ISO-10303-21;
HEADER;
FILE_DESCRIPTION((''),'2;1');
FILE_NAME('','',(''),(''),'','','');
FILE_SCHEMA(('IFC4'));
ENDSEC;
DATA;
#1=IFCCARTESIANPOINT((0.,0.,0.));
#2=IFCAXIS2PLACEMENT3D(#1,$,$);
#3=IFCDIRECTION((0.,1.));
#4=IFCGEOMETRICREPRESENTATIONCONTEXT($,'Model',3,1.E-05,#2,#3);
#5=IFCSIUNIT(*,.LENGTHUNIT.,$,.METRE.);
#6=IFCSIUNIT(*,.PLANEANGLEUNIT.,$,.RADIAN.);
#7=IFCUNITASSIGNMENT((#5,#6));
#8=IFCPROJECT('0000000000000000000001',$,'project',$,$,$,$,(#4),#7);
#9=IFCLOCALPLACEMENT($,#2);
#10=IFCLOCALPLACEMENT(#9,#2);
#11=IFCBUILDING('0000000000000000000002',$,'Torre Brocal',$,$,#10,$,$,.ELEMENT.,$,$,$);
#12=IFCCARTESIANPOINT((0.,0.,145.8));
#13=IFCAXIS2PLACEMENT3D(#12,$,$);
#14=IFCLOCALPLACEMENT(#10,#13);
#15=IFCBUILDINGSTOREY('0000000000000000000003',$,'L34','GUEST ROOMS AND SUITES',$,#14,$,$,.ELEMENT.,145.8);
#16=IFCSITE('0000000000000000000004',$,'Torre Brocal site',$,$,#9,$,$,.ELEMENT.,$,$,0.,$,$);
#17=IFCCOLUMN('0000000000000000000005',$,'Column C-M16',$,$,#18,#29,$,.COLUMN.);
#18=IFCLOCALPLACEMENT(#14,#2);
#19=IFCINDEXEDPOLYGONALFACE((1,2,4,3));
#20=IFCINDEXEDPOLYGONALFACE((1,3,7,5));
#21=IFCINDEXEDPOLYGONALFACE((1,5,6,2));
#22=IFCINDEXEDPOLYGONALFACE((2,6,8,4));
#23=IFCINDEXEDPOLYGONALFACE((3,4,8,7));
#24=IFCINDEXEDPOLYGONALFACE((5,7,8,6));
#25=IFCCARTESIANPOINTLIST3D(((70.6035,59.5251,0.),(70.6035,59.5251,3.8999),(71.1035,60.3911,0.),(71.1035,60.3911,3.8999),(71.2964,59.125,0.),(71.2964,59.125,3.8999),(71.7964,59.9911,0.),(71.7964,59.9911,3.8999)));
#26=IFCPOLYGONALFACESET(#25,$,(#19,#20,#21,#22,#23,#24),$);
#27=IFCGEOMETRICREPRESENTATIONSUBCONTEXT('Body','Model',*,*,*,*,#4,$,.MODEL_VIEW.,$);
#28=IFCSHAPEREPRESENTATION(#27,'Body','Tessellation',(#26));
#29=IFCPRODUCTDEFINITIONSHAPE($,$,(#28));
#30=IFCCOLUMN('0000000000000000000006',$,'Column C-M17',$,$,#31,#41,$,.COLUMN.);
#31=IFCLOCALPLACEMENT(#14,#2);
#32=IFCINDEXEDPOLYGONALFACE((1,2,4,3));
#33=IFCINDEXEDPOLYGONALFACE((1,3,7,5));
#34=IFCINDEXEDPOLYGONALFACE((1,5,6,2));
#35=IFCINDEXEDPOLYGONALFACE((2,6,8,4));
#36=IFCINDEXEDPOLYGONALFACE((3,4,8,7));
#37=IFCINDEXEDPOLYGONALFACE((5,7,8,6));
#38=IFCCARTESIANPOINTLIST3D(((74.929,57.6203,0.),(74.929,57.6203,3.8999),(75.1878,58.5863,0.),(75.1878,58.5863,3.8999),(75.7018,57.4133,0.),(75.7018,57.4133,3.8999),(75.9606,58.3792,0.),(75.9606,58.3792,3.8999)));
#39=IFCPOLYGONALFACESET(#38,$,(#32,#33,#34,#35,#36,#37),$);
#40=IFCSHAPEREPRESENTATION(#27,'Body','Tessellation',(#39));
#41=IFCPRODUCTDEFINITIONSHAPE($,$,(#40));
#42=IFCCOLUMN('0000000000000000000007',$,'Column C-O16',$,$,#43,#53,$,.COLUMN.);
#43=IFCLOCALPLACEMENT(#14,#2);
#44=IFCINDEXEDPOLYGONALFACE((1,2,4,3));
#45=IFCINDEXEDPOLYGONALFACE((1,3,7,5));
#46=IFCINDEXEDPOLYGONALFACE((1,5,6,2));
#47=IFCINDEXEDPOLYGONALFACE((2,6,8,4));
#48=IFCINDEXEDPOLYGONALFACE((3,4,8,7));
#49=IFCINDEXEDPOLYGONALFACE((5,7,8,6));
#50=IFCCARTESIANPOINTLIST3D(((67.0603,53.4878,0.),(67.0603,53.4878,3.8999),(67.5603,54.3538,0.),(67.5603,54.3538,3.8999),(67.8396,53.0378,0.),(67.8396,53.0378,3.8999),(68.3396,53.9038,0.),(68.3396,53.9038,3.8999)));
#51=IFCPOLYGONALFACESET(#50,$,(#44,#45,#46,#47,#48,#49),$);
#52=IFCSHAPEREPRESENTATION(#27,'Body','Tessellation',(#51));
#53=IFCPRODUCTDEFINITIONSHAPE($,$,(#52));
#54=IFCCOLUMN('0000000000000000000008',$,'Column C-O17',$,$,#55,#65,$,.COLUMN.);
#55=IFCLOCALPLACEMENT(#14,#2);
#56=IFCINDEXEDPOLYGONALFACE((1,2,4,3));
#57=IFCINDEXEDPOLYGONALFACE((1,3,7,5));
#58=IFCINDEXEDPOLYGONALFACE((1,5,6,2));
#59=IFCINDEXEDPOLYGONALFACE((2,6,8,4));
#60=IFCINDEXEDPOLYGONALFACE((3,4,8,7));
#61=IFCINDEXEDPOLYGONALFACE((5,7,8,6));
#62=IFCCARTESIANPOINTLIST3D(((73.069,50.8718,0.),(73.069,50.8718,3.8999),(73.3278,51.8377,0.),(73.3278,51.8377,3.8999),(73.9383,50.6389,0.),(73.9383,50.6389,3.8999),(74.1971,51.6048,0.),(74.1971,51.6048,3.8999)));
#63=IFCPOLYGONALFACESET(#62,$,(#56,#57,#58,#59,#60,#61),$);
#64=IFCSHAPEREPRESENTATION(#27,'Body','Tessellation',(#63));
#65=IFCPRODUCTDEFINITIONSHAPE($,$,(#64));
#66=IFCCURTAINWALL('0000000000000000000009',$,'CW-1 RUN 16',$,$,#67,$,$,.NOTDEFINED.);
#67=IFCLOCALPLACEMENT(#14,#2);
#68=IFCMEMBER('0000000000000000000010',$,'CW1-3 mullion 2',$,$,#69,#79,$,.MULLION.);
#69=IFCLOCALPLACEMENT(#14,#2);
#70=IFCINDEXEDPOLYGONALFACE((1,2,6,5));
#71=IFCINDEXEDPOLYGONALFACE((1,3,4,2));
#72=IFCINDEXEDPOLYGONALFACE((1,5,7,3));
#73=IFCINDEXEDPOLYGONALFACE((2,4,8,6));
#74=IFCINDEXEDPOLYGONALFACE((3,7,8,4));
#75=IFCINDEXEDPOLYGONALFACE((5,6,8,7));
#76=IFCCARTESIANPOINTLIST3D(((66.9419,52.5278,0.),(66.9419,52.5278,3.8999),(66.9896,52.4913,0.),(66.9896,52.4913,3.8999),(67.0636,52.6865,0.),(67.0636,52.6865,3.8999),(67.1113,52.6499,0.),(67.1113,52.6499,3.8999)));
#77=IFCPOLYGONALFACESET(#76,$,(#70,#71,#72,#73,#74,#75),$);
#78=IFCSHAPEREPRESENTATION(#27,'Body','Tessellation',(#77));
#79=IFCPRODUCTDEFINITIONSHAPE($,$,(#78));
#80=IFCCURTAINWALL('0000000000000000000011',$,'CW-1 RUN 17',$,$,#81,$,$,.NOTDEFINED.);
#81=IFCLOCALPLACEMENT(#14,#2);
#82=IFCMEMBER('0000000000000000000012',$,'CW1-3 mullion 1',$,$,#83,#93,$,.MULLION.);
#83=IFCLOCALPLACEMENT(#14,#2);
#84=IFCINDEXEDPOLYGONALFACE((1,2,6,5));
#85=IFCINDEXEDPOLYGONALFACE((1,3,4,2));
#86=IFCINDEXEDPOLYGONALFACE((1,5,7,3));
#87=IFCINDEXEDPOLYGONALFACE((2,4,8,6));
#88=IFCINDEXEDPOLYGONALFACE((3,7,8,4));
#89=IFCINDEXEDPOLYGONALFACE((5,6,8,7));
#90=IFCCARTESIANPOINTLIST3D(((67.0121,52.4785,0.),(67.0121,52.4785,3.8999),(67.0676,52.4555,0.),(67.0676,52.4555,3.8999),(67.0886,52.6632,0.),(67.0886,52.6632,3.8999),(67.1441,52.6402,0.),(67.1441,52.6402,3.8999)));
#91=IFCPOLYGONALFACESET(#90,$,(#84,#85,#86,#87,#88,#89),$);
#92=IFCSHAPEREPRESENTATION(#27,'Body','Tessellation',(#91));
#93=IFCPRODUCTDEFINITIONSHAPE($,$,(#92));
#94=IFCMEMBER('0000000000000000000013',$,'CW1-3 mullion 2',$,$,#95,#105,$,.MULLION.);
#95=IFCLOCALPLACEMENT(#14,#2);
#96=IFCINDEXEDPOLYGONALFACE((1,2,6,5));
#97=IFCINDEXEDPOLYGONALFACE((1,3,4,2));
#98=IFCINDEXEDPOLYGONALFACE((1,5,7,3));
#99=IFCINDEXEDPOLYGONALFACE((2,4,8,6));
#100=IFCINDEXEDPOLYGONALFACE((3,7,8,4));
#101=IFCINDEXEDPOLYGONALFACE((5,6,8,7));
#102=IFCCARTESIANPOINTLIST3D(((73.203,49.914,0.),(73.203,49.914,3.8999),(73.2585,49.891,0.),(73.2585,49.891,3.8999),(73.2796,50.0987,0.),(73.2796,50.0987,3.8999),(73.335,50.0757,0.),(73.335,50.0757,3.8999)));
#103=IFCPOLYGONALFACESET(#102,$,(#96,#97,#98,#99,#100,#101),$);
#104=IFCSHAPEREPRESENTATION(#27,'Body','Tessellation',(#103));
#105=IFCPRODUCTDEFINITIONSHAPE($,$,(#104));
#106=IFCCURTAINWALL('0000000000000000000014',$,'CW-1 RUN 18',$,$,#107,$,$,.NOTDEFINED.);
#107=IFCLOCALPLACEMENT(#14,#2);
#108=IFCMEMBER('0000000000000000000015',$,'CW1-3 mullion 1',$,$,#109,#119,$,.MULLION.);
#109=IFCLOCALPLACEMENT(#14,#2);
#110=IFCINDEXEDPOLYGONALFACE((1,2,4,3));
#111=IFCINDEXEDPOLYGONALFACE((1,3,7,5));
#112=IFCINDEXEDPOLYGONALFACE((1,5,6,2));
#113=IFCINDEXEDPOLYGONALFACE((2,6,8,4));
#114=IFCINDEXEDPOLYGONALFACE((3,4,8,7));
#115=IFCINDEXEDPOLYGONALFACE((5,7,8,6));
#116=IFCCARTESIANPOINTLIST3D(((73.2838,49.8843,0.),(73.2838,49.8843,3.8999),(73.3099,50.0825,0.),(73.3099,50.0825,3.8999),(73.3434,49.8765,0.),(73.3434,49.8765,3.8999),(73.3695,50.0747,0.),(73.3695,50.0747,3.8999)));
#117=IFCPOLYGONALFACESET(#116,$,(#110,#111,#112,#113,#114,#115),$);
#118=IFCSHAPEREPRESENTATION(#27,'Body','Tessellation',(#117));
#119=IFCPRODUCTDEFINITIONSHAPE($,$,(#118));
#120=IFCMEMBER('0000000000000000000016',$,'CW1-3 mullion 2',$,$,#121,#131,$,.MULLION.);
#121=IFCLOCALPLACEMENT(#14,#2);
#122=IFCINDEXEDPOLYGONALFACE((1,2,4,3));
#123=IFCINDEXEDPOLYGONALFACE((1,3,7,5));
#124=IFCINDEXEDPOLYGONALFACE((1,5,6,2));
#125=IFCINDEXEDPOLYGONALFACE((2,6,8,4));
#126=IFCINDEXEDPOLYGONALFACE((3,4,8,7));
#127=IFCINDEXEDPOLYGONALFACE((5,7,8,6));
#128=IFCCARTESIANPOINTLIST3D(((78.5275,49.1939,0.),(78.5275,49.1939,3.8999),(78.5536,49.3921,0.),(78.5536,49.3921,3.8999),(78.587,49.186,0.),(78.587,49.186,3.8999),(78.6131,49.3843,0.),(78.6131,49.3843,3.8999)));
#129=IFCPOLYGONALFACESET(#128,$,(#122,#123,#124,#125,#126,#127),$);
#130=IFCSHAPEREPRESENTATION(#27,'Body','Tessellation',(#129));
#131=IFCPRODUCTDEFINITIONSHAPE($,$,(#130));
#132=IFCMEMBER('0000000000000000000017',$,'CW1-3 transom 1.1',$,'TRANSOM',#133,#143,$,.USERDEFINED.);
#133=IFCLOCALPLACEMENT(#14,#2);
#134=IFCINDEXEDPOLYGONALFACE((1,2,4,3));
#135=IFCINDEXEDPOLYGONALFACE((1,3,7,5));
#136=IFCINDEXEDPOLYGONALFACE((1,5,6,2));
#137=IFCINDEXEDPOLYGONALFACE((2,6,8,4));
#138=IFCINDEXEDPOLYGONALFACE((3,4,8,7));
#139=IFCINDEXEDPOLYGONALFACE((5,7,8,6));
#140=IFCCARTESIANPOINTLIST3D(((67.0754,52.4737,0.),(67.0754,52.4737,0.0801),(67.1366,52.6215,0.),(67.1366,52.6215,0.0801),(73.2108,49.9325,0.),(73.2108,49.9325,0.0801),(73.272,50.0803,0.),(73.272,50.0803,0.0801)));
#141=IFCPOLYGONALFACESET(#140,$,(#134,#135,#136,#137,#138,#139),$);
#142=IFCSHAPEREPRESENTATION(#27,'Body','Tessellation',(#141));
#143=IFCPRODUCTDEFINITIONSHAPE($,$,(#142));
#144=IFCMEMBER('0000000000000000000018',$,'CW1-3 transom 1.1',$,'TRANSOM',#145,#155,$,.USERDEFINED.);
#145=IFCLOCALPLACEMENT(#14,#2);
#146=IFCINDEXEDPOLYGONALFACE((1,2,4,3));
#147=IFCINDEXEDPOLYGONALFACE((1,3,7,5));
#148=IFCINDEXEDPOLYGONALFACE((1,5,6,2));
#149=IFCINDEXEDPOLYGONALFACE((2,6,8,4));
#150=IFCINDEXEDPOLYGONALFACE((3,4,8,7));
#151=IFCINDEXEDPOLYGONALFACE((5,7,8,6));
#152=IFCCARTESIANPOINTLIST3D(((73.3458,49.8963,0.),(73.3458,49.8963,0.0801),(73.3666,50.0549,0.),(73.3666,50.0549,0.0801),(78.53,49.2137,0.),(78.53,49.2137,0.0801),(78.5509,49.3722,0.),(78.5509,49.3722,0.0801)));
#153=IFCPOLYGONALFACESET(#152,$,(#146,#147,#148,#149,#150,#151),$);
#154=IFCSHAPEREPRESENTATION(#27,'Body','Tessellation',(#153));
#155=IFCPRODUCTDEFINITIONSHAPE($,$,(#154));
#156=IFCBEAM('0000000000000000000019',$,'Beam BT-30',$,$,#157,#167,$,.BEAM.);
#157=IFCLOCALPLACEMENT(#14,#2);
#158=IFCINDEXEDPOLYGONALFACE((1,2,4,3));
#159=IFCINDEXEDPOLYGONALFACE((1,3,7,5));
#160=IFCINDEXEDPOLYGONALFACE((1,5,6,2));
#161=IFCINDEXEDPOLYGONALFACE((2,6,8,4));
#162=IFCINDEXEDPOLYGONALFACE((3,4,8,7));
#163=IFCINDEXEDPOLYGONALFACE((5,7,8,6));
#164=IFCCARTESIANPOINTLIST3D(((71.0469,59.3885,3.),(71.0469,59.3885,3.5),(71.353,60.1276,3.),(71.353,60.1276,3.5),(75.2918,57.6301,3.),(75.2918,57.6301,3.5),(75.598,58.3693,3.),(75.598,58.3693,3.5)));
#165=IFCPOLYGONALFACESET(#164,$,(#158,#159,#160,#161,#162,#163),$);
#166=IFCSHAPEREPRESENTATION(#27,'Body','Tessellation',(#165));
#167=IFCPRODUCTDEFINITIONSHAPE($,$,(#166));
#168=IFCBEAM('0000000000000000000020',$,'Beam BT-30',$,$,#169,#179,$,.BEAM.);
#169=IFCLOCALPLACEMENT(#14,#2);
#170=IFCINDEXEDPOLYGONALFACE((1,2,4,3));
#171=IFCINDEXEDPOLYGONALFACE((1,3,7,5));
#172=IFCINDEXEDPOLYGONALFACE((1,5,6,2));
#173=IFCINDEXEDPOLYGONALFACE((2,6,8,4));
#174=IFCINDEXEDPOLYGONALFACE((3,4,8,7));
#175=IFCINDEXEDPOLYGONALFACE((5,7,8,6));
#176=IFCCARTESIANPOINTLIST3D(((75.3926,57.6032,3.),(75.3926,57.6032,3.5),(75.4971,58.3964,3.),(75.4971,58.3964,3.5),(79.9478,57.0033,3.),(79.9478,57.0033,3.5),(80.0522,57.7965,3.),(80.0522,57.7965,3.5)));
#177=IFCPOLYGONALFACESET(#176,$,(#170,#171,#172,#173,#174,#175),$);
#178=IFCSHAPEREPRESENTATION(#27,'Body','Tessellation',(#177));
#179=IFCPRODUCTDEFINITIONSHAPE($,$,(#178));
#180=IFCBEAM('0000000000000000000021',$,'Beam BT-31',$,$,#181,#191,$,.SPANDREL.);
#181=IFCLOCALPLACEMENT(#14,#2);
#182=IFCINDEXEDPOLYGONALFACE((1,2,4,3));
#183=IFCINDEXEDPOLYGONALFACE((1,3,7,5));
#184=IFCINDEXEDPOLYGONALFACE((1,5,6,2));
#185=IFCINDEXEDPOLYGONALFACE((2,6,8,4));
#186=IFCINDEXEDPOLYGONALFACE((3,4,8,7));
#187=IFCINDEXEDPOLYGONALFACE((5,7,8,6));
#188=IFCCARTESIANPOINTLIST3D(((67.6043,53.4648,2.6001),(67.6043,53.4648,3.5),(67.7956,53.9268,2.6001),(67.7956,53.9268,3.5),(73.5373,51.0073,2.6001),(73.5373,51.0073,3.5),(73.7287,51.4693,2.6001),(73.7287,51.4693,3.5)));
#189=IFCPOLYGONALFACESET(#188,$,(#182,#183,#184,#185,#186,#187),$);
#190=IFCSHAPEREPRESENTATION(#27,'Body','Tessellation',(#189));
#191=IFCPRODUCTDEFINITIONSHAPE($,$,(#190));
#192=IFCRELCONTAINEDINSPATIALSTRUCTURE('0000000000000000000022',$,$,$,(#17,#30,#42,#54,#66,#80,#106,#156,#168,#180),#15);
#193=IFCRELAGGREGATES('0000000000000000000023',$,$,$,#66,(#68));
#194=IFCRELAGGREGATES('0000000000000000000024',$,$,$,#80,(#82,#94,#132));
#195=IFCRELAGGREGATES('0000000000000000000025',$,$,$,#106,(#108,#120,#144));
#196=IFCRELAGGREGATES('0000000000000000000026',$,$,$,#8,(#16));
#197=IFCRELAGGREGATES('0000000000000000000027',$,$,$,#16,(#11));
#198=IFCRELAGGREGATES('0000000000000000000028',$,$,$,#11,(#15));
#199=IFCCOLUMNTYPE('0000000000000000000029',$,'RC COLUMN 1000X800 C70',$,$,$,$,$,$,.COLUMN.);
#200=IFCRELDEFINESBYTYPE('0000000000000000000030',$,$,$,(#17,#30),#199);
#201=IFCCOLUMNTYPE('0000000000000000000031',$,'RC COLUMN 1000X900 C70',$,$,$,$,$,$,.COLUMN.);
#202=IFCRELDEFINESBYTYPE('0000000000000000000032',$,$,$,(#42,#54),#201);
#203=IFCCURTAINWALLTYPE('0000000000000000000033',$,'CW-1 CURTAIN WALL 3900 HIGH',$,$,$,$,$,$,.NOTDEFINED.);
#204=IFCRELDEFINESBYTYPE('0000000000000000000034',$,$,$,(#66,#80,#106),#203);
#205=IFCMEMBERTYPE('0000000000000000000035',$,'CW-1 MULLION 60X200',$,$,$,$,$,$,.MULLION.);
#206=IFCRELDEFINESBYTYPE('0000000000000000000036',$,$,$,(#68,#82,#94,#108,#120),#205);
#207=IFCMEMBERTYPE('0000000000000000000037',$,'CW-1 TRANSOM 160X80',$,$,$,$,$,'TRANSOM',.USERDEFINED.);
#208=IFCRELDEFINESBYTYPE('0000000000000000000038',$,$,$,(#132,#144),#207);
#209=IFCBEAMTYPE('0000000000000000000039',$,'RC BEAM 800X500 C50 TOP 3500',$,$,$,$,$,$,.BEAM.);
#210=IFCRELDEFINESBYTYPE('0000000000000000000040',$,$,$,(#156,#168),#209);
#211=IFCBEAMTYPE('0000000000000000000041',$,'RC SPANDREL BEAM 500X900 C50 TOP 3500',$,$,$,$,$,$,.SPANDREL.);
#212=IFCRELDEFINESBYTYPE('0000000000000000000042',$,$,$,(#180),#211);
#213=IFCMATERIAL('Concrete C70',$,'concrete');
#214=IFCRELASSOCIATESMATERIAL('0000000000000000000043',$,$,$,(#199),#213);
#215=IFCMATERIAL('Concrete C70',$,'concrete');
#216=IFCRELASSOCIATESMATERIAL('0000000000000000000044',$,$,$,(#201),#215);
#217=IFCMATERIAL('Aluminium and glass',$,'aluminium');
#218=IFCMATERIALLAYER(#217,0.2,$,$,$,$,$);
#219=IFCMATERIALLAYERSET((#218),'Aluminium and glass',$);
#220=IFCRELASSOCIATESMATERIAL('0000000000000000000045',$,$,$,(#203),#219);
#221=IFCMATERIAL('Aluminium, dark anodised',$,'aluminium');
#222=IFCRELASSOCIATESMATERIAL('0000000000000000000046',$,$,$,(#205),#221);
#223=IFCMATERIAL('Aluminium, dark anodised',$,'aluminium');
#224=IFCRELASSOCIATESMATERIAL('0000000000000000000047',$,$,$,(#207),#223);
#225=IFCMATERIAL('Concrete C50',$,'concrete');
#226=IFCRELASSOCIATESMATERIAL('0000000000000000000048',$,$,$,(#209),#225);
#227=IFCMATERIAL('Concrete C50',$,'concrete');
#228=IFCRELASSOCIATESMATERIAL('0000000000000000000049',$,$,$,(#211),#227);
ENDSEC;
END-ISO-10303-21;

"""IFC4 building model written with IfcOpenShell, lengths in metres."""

from ifc_helpers import new_model, si_unit, direction, frame, origin, origin_2d, place, context, subcontext, project, spatial, rectangle, extrude, material, layer, layer_set, material_profile, profile_set, type_object, element, aggregate, save


model = new_model("IFC4")

# Units and contexts
model_context = context("Model", 3, precision=1e-05, world=origin(), true_north=direction((0.0, 1.0)))
body_context = subcontext(model_context, "Body", "Model", "MODEL_VIEW")
ifc_project = project(units=[si_unit("LENGTHUNIT", "METRE"), si_unit("PLANEANGLEUNIT", "RADIAN")], contexts=[model_context])

# Site, building, storey
site_placement = place(None, origin())
site = spatial("IfcSite", under=ifc_project, at=site_placement, Name="Torre Brocal site", CompositionType="ELEMENT", RefElevation=0.0)
building_placement = place(site_placement, origin())
building = spatial("IfcBuilding", under=site, at=building_placement, Name="Torre Brocal", CompositionType="ELEMENT")
storey_placement = place(building_placement, frame((0.0, 0.0, 145.8)))
storey = spatial("IfcBuildingStorey", under=building, at=storey_placement, Name="L34", Description="GUEST ROOMS AND SUITES", CompositionType="ELEMENT", Elevation=145.8)

# Columns
ifc_material_1 = material(Name="Concrete C70", Category="concrete")
ifc_material_profile_1 = material_profile(ifc_material_1, rectangle(XDim=1.0, YDim=0.8, at=origin_2d()), Name="RC 1000X800")
ifc_profile_set_1 = profile_set([ifc_material_profile_1], Name="Concrete C70")
column_type_1 = type_object("IfcColumnType", Name="RC COLUMN 1000X800 C70", PredefinedType="COLUMN", material=ifc_profile_set_1)
for number, where, z_axis, x_axis, name in (
    (1, (71.2, 59.7581, 0.0), (0.0, 0.0, 1.0), (-0.5, -0.866025, 0.0), "Column C-M16"),
    (2, (75.4448, 57.9998, 0.0), (0.0, 0.0, 1.0), (-0.258819, -0.965926, 0.0), "Column C-M17"),
):
    element("IfcColumn", number, at=place(storey_placement, frame(where, z_axis=z_axis, x_axis=x_axis)), inside=storey, type_object=column_type_1, Name=name, PredefinedType="COLUMN", context=body_context, shape_type="SweptSolid", body=[
        extrude(rectangle(XDim=1.0, YDim=0.8, at=origin_2d()), origin(), (0.0, 0.0, 1.0), 3.8999),
    ])
ifc_material_2 = material(Name="Concrete C70", Category="concrete")
ifc_material_profile_2 = material_profile(ifc_material_2, rectangle(XDim=1.0, YDim=0.8999, at=origin_2d()), Name="RC 1000X900")
ifc_profile_set_2 = profile_set([ifc_material_profile_2], Name="Concrete C70")
column_type_2 = type_object("IfcColumnType", Name="RC COLUMN 1000X900 C70", PredefinedType="COLUMN", material=ifc_profile_set_2)
for number, where, z_axis, x_axis, name in (
    (3, (67.7, 53.6958, 0.0), (0.0, 0.0, 1.0), (-0.5, -0.866025, 0.0), "Column C-O16"),
    (4, (73.6331, 51.2383, 0.0), (0.0, 0.0, 1.0), (-0.258819, -0.965926, 0.0), "Column C-O17"),
):
    element("IfcColumn", number, at=place(storey_placement, frame(where, z_axis=z_axis, x_axis=x_axis)), inside=storey, type_object=column_type_2, Name=name, PredefinedType="COLUMN", context=body_context, shape_type="SweptSolid", body=[
        extrude(rectangle(XDim=1.0, YDim=0.8999, at=origin_2d()), origin(), (0.0, 0.0, 1.0), 3.8999),
    ])

# Curtain wall, member
ifc_material_3 = material(Name="Aluminium and glass", Category="aluminium")
ifc_layer_1 = layer(ifc_material_3, 0.2)
ifc_layer_set_1 = layer_set([ifc_layer_1], Name="Aluminium and glass")
curtain_wall_type = type_object("IfcCurtainWallType", Name="CW-1 CURTAIN WALL 3900 HIGH", PredefinedType="NOTDEFINED", material=ifc_layer_set_1)
curtain_wall_1_placement = place(storey_placement, origin())
curtain_wall_1 = element("IfcCurtainWall", 5, at=curtain_wall_1_placement, inside=storey, type_object=curtain_wall_type, Name="CW-1 RUN 16", PredefinedType="NOTDEFINED")
ifc_material_4 = material(Name="Aluminium, dark anodised", Category="aluminium")
ifc_material_profile_3 = material_profile(ifc_material_4, rectangle(XDim=0.2, YDim=0.0601, at=origin_2d()), Name="CW-1 MULLION 60X200")
ifc_profile_set_3 = profile_set([ifc_material_profile_3], Name="Aluminium, dark anodised")
member_type_1 = type_object("IfcMemberType", Name="CW-1 MULLION 60X200", PredefinedType="MULLION", material=ifc_profile_set_3)
member_1_placement = place(storey_placement, frame((67.0266, 52.5889, 0.0), z_axis=(0.0, 0.0, 1.0), x_axis=(0.608761, 0.793353, 0.0)))
member_1 = element("IfcMember", 6, at=member_1_placement, type_object=member_type_1, Name="CW1-3 mullion 2", PredefinedType="MULLION", context=body_context, shape_type="SweptSolid", body=[
    extrude(rectangle(XDim=0.2, YDim=0.0601, at=origin_2d()), origin(), (0.0, 0.0, 1.0), 3.8999),
])
aggregate(curtain_wall_1, [member_1])

# Curtain walls, members
curtain_wall_2_placement = place(storey_placement, origin())
curtain_wall_2 = element("IfcCurtainWall", 7, at=curtain_wall_2_placement, inside=storey, type_object=curtain_wall_type, Name="CW-1 RUN 17", PredefinedType="NOTDEFINED")
member_2_placement = place(storey_placement, frame((67.0781, 52.5593, 0.0), z_axis=(0.0, 0.0, 1.0), x_axis=(0.382683, 0.92388, 0.0)))
member_2 = element("IfcMember", 8, at=member_2_placement, type_object=member_type_1, Name="CW1-3 mullion 1", PredefinedType="MULLION", context=body_context, shape_type="SweptSolid", body=[
    extrude(rectangle(XDim=0.2, YDim=0.0601, at=origin_2d()), origin(), (0.0, 0.0, 1.0), 3.8999),
])
member_3_placement = place(storey_placement, frame((73.269, 49.9949, 0.0), z_axis=(0.0, 0.0, 1.0), x_axis=(0.382683, 0.92388, 0.0)))
member_3 = element("IfcMember", 9, at=member_3_placement, type_object=member_type_1, Name="CW1-3 mullion 2", PredefinedType="MULLION", context=body_context, shape_type="SweptSolid", body=[
    extrude(rectangle(XDim=0.2, YDim=0.0601, at=origin_2d()), origin(), (0.0, 0.0, 1.0), 3.8999),
])
curtain_wall_3_placement = place(storey_placement, origin())
curtain_wall_3 = element("IfcCurtainWall", 10, at=curtain_wall_3_placement, inside=storey, type_object=curtain_wall_type, Name="CW-1 RUN 18", PredefinedType="NOTDEFINED")
member_4_placement = place(storey_placement, frame((73.3267, 49.9795, 0.0), z_axis=(0.0, 0.0, 1.0), x_axis=(0.130526, 0.991445, 0.0)))
member_4 = element("IfcMember", 11, at=member_4_placement, type_object=member_type_1, Name="CW1-3 mullion 1", PredefinedType="MULLION", context=body_context, shape_type="SweptSolid", body=[
    extrude(rectangle(XDim=0.2, YDim=0.0601, at=origin_2d()), origin(), (0.0, 0.0, 1.0), 3.8999),
])
member_5_placement = place(storey_placement, frame((78.5703, 49.2891, 0.0), z_axis=(0.0, 0.0, 1.0), x_axis=(0.130526, 0.991445, 0.0)))
member_5 = element("IfcMember", 12, at=member_5_placement, type_object=member_type_1, Name="CW1-3 mullion 2", PredefinedType="MULLION", context=body_context, shape_type="SweptSolid", body=[
    extrude(rectangle(XDim=0.2, YDim=0.0601, at=origin_2d()), origin(), (0.0, 0.0, 1.0), 3.8999),
])

# Members
ifc_material_5 = material(Name="Aluminium, dark anodised", Category="aluminium")
ifc_material_profile_4 = material_profile(ifc_material_5, rectangle(XDim=0.1599, YDim=0.0801, at=origin_2d()), Name="CW-1 TRANSOM 160X80")
ifc_profile_set_4 = profile_set([ifc_material_profile_4], Name="Aluminium, dark anodised")
member_type_2 = type_object("IfcMemberType", Name="CW-1 TRANSOM 160X80", ElementType="TRANSOM", PredefinedType="USERDEFINED", material=ifc_profile_set_4)
member_6_placement = place(storey_placement, frame((67.106, 52.5476, 0.04), z_axis=(0.923887, -0.382665, 0.0), x_axis=(0.382665, 0.923887, 0.0)))
member_6 = element("IfcMember", 13, at=member_6_placement, type_object=member_type_2, Name="CW1-3 transom 1.1", ObjectType="TRANSOM", PredefinedType="USERDEFINED", context=body_context, shape_type="SweptSolid", body=[
    extrude(rectangle(XDim=0.1599, YDim=0.0801, at=origin_2d()), origin(), (0.0, 0.0, 1.0), 6.6409),
])
member_7_placement = place(storey_placement, frame((73.3562, 49.9756, 0.04), z_axis=(0.991443, -0.130543, 0.0), x_axis=(0.130543, 0.991443, 0.0)))
member_7 = element("IfcMember", 14, at=member_7_placement, type_object=member_type_2, Name="CW1-3 transom 1.1", ObjectType="TRANSOM", PredefinedType="USERDEFINED", context=body_context, shape_type="SweptSolid", body=[
    extrude(rectangle(XDim=0.1599, YDim=0.0801, at=origin_2d()), origin(), (0.0, 0.0, 1.0), 5.229),
])

# Beams
ifc_material_6 = material(Name="Concrete C50", Category="concrete")
ifc_material_profile_5 = material_profile(ifc_material_6, rectangle(XDim=0.8, YDim=0.5, at=origin_2d()), Name="RC 800X500")
ifc_profile_set_5 = profile_set([ifc_material_profile_5], Name="Concrete C50")
beam_type_1 = type_object("IfcBeamType", Name="RC BEAM 800X500 C50 TOP 3500", PredefinedType="BEAM", material=ifc_profile_set_5)
beam_1_placement = place(storey_placement, frame((71.2, 59.7581, 3.25), z_axis=(0.923878, -0.382687, 0.0), x_axis=(0.382687, 0.923878, 0.0)))
element("IfcBeam", 15, at=beam_1_placement, inside=storey, type_object=beam_type_1, Name="Beam BT-30", PredefinedType="BEAM", context=body_context, shape_type="SweptSolid", body=[
    extrude(rectangle(XDim=0.8, YDim=0.5, at=origin_2d()), origin(), (0.0, 0.0, 1.0), 4.5947),
])
beam_2_placement = place(storey_placement, frame((75.4448, 57.9998, 3.25), z_axis=(0.991441, -0.130559, 0.0), x_axis=(0.130559, 0.991441, 0.0)))
element("IfcBeam", 16, at=beam_2_placement, inside=storey, type_object=beam_type_1, Name="Beam BT-30", PredefinedType="BEAM", context=body_context, shape_type="SweptSolid", body=[
    extrude(rectangle(XDim=0.8, YDim=0.5, at=origin_2d()), origin(), (0.0, 0.0, 1.0), 4.5945),
])
ifc_material_7 = material(Name="Concrete C50", Category="concrete")
ifc_material_profile_6 = material_profile(ifc_material_7, rectangle(XDim=0.5, YDim=0.8999, at=origin_2d()), Name="RC 500X900")
ifc_profile_set_6 = profile_set([ifc_material_profile_6], Name="Concrete C50")
beam_type_2 = type_object("IfcBeamType", Name="RC SPANDREL BEAM 500X900 C50 TOP 3500", PredefinedType="SPANDREL", material=ifc_profile_set_6)
beam_3_placement = place(storey_placement, frame((67.7, 53.6958, 3.05), z_axis=(0.923882, -0.382676, 0.0), x_axis=(0.382676, 0.923882, 0.0)))
element("IfcBeam", 17, at=beam_3_placement, inside=storey, type_object=beam_type_2, Name="Beam BT-31", PredefinedType="SPANDREL", context=body_context, shape_type="SweptSolid", body=[
    extrude(rectangle(XDim=0.5, YDim=0.8999, at=origin_2d()), origin(), (0.0, 0.0, 1.0), 6.4219),
])

aggregate(curtain_wall_2, [member_2, member_3, member_6])
aggregate(curtain_wall_3, [member_4, member_5, member_7])

save(model, "model.ifc")
